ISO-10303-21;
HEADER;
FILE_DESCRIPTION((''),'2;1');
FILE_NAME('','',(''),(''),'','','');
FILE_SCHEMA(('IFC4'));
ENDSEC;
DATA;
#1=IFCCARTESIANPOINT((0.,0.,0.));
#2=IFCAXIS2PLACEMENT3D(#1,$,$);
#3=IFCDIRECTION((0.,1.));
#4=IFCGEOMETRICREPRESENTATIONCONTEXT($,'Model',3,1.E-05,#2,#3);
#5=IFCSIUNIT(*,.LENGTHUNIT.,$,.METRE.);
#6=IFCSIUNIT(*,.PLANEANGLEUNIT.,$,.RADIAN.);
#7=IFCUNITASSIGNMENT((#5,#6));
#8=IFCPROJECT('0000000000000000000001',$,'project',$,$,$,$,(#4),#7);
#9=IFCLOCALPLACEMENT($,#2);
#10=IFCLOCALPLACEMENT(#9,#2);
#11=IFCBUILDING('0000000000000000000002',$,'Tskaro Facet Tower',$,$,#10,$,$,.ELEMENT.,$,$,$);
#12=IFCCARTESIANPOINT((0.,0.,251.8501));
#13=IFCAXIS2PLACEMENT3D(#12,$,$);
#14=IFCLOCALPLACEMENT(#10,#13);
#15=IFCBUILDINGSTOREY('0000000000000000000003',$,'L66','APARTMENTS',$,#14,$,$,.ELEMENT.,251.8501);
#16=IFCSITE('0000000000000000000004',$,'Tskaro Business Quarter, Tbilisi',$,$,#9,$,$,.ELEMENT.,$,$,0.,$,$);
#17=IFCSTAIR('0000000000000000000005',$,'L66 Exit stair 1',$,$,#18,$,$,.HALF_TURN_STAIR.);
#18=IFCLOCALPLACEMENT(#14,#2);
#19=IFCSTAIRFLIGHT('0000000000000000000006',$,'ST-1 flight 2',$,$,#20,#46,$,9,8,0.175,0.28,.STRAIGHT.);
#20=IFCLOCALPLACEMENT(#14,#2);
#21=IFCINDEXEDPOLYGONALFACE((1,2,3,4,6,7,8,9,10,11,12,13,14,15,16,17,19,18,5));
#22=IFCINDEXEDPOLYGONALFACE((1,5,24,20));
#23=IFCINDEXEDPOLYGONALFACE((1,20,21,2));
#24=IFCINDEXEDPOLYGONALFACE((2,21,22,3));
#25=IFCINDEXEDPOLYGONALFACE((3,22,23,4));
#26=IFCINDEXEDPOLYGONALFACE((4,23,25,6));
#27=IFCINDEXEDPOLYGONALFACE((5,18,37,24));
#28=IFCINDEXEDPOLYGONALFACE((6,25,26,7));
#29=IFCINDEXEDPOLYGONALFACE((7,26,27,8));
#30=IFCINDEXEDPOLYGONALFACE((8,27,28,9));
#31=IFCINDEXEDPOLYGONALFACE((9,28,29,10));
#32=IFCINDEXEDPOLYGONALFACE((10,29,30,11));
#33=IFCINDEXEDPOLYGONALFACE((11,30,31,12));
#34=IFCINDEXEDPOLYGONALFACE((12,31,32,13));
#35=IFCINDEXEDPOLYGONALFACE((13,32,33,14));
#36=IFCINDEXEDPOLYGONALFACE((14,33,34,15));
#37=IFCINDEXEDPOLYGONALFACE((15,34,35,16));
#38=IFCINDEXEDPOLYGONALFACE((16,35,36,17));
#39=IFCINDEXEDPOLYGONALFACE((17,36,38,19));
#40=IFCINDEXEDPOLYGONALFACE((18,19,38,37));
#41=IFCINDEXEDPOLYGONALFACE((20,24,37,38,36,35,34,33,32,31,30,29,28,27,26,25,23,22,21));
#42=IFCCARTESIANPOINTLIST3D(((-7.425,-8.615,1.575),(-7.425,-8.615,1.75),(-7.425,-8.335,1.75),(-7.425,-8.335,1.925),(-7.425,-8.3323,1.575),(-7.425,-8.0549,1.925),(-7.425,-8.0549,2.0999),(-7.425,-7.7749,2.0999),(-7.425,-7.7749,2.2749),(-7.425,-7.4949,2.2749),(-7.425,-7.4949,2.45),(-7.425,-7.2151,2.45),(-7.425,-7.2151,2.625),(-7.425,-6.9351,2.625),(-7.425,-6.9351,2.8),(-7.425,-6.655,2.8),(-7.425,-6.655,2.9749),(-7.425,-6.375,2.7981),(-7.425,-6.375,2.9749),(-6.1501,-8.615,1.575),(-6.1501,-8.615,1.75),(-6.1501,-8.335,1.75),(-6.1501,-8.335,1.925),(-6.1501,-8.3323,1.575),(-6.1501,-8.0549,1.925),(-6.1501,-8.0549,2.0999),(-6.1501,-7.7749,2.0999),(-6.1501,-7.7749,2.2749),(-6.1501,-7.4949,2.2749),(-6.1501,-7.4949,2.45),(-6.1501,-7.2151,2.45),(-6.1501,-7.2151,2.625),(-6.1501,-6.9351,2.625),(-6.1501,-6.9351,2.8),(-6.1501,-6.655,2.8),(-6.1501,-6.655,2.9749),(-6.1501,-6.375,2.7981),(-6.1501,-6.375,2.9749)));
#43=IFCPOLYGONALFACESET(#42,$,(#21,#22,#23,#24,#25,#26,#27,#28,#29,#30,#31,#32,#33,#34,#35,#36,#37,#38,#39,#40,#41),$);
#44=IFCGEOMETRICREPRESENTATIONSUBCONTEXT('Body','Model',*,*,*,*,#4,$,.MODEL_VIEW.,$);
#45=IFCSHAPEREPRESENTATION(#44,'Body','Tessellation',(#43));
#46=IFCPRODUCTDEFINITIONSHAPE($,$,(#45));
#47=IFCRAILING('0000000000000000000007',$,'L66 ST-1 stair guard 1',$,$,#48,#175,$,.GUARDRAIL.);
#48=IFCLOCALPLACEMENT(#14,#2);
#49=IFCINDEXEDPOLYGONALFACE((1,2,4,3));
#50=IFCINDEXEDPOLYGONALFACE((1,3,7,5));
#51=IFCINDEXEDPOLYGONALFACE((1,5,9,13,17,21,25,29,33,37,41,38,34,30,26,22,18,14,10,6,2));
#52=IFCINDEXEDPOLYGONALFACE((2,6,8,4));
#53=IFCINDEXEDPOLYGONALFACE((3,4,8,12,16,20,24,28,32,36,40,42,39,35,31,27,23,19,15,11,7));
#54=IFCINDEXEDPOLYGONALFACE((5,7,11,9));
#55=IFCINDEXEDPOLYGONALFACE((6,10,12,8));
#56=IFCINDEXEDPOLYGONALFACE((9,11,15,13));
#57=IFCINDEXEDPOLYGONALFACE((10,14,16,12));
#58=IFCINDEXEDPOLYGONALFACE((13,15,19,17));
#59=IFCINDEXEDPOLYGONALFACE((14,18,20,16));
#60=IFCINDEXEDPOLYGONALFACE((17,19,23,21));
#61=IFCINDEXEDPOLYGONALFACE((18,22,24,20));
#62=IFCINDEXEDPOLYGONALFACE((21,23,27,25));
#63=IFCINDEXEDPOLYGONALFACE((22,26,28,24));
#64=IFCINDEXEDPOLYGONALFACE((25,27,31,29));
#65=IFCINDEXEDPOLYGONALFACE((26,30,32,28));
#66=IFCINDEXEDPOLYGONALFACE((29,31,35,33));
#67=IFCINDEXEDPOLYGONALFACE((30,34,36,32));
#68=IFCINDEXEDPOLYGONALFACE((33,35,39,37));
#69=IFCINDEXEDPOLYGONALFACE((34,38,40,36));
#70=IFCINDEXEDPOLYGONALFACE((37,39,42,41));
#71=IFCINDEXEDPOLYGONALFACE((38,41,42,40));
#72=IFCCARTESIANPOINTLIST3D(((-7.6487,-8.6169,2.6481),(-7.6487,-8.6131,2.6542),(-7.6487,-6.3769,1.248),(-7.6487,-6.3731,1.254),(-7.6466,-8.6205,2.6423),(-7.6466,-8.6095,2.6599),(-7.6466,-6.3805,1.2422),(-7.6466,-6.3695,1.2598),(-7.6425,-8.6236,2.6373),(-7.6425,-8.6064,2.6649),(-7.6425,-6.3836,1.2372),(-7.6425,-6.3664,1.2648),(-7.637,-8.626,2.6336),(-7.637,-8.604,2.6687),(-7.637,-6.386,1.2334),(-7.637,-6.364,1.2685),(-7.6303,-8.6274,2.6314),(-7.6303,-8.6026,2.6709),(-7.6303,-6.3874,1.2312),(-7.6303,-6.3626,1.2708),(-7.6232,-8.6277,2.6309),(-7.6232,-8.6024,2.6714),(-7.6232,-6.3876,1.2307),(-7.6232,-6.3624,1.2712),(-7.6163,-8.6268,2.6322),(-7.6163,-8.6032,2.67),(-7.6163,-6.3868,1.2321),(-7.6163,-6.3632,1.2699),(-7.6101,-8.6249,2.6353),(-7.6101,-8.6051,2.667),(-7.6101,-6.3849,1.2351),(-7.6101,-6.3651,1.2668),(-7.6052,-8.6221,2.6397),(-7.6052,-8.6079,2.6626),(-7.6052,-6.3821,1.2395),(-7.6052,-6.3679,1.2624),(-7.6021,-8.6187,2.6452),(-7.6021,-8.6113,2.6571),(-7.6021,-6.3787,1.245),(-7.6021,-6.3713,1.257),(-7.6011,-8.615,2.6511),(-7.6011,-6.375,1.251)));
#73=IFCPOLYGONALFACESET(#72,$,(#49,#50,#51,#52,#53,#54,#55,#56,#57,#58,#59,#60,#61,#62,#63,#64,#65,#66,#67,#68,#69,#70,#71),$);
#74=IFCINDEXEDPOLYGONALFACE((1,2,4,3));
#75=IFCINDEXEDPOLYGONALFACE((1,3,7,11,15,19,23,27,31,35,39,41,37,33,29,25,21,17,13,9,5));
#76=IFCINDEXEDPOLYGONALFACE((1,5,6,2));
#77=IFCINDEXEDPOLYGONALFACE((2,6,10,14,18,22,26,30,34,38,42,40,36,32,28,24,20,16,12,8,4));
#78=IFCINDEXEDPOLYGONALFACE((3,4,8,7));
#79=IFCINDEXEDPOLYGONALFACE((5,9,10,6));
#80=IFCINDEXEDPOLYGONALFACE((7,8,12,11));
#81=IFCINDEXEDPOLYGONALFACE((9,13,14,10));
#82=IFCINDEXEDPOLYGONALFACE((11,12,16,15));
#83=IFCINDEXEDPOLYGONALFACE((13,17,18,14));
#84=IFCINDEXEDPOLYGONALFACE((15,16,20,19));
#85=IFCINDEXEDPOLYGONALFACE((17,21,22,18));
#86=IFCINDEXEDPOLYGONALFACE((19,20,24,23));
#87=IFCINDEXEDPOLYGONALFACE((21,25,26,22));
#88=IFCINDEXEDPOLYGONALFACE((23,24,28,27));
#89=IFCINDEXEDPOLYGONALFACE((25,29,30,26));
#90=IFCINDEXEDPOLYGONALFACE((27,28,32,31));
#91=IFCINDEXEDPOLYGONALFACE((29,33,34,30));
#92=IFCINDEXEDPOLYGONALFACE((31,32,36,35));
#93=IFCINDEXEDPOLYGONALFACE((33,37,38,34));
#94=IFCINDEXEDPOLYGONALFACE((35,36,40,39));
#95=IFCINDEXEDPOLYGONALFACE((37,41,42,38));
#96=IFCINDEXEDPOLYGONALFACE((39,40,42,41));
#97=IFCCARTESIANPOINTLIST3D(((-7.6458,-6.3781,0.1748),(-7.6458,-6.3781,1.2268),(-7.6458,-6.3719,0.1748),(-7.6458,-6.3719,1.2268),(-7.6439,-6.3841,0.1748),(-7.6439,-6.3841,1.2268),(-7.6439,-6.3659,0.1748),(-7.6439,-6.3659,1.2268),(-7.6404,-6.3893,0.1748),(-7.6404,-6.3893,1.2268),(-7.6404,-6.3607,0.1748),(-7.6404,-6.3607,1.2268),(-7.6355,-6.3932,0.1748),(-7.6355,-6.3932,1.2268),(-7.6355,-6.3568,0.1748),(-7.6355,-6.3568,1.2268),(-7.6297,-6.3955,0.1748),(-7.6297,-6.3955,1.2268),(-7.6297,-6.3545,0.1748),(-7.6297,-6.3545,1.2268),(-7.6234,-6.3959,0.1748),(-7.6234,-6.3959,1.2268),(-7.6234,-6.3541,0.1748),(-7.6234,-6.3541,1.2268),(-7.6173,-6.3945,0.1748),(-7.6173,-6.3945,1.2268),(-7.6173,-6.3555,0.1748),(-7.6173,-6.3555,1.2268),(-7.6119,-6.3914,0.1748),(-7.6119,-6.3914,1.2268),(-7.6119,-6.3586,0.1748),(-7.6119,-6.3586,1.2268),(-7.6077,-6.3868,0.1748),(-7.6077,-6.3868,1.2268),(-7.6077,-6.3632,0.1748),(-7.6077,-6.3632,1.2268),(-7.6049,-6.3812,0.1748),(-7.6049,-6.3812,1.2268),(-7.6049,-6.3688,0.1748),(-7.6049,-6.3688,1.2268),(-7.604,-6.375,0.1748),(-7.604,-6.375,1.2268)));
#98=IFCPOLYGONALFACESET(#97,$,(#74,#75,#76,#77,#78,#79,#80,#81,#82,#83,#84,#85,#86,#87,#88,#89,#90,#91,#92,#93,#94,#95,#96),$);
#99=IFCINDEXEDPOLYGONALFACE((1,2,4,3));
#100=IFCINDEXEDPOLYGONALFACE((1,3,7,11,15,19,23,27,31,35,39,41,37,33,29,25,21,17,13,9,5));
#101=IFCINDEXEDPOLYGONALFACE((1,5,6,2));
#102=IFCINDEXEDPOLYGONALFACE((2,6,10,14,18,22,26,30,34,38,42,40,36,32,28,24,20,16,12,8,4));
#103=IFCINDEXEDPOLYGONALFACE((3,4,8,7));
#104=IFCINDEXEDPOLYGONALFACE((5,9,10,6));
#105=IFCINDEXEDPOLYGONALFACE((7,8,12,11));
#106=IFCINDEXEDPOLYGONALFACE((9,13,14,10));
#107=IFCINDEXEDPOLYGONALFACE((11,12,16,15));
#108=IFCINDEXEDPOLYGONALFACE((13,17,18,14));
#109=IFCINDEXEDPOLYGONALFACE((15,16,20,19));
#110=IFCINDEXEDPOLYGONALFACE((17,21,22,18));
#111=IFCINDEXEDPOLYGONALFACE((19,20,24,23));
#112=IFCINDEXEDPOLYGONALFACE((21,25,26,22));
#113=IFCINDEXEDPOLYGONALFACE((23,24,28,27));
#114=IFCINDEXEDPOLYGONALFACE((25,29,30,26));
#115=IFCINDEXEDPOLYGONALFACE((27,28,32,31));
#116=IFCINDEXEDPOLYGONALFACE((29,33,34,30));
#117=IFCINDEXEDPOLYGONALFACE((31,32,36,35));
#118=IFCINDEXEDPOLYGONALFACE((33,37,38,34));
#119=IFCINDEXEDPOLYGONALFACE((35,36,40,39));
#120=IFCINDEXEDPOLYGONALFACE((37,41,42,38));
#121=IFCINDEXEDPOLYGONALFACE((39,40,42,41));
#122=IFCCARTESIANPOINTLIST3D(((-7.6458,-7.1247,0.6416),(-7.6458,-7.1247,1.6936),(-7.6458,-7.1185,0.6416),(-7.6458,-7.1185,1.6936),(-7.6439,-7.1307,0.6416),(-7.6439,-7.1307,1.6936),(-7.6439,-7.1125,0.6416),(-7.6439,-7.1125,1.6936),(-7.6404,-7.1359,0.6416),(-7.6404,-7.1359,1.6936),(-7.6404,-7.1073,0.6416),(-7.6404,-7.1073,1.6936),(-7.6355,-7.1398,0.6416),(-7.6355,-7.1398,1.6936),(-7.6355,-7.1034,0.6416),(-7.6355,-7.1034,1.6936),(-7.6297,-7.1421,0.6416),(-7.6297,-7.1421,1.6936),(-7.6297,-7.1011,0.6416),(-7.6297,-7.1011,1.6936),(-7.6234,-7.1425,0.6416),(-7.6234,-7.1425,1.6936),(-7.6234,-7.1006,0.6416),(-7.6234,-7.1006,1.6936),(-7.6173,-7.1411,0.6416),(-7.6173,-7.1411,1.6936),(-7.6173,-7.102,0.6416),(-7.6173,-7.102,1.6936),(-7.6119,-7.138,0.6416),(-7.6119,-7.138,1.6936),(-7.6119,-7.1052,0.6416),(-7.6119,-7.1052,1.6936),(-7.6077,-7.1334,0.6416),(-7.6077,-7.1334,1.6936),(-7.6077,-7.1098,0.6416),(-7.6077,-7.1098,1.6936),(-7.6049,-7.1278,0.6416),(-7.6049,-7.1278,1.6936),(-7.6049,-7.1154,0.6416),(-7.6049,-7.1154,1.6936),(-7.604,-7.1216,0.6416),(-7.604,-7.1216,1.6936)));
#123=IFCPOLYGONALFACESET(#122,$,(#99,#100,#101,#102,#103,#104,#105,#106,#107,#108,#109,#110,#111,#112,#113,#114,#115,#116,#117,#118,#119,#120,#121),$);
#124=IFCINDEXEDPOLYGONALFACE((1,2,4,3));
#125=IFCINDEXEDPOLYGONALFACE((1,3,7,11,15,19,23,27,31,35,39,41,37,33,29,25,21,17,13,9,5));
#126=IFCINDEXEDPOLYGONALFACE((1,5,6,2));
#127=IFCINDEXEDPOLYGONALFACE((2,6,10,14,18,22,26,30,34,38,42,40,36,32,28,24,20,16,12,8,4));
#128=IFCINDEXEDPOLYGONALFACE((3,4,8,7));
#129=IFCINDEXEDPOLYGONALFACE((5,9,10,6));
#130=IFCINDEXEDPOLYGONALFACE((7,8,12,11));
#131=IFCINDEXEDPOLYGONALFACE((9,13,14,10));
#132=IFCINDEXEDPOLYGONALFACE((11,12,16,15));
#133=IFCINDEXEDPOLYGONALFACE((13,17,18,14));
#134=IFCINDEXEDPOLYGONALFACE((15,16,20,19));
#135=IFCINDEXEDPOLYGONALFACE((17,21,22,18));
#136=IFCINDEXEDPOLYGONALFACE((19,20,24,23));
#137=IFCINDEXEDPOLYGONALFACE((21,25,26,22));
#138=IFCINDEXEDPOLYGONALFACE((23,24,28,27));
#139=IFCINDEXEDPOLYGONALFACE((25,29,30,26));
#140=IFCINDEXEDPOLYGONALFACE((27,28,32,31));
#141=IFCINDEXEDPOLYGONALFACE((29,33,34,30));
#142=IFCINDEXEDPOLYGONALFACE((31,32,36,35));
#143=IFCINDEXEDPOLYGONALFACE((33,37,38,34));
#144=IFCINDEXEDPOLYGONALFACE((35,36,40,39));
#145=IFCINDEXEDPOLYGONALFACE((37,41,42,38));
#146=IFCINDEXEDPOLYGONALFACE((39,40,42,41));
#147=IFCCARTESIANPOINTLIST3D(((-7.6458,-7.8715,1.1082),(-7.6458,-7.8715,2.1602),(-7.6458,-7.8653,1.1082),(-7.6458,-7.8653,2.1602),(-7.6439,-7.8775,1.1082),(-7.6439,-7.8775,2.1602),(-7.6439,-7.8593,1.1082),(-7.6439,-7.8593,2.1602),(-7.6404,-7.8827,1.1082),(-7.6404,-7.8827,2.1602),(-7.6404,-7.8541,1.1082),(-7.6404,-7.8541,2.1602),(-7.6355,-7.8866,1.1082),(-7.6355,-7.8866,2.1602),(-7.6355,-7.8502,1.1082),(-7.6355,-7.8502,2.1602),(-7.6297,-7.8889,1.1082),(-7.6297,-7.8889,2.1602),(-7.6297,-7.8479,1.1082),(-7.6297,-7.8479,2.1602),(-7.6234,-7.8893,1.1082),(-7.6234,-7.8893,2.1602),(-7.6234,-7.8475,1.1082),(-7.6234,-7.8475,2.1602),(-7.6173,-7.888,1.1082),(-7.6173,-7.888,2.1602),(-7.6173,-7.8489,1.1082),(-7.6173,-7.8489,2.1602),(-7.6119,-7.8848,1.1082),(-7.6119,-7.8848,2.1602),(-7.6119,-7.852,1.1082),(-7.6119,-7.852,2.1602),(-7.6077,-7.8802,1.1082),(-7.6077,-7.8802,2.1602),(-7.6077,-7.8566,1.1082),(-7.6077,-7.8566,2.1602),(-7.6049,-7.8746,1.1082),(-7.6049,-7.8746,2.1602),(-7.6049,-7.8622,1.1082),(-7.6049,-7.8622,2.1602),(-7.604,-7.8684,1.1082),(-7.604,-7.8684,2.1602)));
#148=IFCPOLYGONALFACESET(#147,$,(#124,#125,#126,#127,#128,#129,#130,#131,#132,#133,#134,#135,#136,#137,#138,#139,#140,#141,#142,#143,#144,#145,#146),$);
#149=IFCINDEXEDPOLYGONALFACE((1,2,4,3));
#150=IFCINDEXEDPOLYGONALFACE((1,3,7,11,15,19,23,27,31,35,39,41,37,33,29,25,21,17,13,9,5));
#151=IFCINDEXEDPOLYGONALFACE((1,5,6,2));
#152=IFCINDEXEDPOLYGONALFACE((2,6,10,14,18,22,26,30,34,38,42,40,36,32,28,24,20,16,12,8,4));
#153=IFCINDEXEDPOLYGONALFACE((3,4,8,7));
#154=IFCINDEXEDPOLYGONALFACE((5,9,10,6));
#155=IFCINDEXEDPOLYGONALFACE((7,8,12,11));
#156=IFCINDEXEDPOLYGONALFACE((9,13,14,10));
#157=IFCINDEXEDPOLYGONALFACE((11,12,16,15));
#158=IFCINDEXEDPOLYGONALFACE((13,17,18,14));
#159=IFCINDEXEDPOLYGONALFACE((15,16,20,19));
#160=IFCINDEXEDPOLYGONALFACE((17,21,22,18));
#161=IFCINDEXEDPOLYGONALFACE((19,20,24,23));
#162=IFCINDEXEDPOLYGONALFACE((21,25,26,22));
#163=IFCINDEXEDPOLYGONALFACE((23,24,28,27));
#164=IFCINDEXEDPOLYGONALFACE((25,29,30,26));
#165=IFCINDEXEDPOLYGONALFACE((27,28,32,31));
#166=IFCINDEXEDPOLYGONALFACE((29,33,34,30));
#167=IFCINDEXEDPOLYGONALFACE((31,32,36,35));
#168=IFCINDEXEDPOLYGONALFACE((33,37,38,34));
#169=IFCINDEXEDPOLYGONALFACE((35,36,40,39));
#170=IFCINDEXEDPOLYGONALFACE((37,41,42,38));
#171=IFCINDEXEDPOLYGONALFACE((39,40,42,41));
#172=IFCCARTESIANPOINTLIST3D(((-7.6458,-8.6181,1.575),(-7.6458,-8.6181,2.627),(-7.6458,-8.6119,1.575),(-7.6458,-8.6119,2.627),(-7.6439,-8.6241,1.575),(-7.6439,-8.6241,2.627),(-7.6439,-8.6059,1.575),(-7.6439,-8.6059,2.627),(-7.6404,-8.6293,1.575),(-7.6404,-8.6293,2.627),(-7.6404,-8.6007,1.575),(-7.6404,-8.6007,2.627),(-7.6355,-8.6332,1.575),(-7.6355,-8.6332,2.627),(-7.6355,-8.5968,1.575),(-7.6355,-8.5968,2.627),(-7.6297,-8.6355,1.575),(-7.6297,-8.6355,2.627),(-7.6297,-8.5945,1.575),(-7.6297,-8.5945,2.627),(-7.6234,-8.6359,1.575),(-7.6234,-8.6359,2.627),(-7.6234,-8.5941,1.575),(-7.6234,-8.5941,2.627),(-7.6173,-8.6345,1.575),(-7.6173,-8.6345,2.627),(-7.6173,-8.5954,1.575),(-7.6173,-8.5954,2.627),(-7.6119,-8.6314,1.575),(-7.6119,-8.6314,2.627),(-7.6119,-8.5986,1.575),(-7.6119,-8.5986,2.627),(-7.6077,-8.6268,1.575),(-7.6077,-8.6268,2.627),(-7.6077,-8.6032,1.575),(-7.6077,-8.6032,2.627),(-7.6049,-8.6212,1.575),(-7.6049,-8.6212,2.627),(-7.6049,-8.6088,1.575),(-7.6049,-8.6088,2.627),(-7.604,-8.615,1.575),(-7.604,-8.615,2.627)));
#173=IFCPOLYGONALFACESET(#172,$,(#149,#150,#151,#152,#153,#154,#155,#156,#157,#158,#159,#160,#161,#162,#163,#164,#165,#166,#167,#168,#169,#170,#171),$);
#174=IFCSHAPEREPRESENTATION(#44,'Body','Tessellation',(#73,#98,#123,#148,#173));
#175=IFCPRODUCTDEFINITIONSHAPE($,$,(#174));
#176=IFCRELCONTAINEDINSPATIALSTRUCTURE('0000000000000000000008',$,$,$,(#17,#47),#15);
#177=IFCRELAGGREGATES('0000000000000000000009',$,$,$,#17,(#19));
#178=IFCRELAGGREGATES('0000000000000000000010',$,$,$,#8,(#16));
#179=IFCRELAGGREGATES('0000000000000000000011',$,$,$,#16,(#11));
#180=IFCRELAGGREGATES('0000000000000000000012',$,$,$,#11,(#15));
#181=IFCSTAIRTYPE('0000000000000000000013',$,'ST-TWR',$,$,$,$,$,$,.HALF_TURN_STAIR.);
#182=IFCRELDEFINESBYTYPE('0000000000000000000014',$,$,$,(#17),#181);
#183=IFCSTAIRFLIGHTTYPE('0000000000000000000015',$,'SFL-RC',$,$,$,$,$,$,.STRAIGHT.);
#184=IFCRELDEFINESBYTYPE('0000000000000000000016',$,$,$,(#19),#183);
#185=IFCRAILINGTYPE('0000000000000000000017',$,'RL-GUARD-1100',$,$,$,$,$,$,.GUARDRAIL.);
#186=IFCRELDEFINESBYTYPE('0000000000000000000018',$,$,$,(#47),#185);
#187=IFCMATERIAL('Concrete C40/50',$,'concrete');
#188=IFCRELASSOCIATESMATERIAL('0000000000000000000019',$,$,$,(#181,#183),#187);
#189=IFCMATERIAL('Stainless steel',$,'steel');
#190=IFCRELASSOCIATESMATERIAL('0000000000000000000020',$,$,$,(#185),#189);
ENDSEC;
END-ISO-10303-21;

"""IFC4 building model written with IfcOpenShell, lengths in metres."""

from ifc_helpers import new_model, si_unit, direction, frame, origin, origin_2d, place, context, subcontext, project, spatial, polyline, circle, outline, extrude, material, type_object, element, aggregate, save


model = new_model("IFC4")

# Units and contexts
model_context = context("Model", 3, precision=1e-05, world=origin(), true_north=direction((0.0, 1.0)))
body_context = subcontext(model_context, "Body", "Model", "MODEL_VIEW")
ifc_project = project(units=[si_unit("LENGTHUNIT", "METRE"), si_unit("PLANEANGLEUNIT", "RADIAN")], contexts=[model_context])

# Site, building, storey
site_placement = place(None, origin())
site = spatial("IfcSite", under=ifc_project, at=site_placement, Name="Tskaro Business Quarter, Tbilisi", CompositionType="ELEMENT", RefElevation=0.0)
building_placement = place(site_placement, origin())
building = spatial("IfcBuilding", under=site, at=building_placement, Name="Tskaro Facet Tower", CompositionType="ELEMENT")
storey_placement = place(building_placement, frame((0.0, 0.0, 251.8501)))
storey = spatial("IfcBuildingStorey", under=building, at=storey_placement, Name="L66", Description="APARTMENTS", CompositionType="ELEMENT", Elevation=251.8501)

# Shared definitions
ifc_material_1 = material(Name="Stainless steel", Category="steel")

# Shared definitions
ifc_material_2 = material(Name="Concrete C40/50", Category="concrete")

# Stair, stair flight
stair_type = type_object("IfcStairType", Name="ST-TWR", PredefinedType="HALF_TURN_STAIR", material=ifc_material_2)
stair_placement = place(storey_placement, origin())
stair = element("IfcStair", 1, at=stair_placement, inside=storey, type_object=stair_type, Name="L66 Exit stair 1", PredefinedType="HALF_TURN_STAIR")
stair_flight_type = type_object("IfcStairFlightType", Name="SFL-RC", PredefinedType="STRAIGHT", material=ifc_material_2)
stair_flight_1_placement = place(storey_placement, frame((-6.7876, -8.615, 1.575), z_axis=(0.0, 0.0, 1.0), x_axis=(0.0, 1.0, 0.0)))
stair_flight_1 = element("IfcStairFlight", 2, at=stair_flight_1_placement, type_object=stair_flight_type, Name="ST-1 flight 2", NumberOfRisers=9, NumberOfTreads=8, PredefinedType="STRAIGHT", RiserHeight=0.175, TreadLength=0.28, context=body_context, shape_type="SweptSolid", body=[
    extrude(outline(polyline([(0.0, 0.0), (0.0, 0.175), (0.28, 0.175), (0.28, 0.3501), (0.5601, 0.3501), (0.5601, 0.5249), (0.8401, 0.5249), (0.8401, 0.7), (1.1201, 0.7), (1.1201, 0.875), (1.3999, 0.875), (1.3999, 1.05), (1.6799, 1.05), (1.6799, 1.2251), (1.96, 1.2251), (1.96, 1.3999), (2.24, 1.3999), (2.24, 1.575), (2.24, 1.2231), (0.2827, 0.0), (0.0, 0.0)])), frame((0.0, 0.6375, 0.0), z_axis=(0.0, -1.0, 0.0), x_axis=(1.0, 0.0, 0.0)), (0.0, 0.0, 1.0), 1.2749),
])
aggregate(stair, [stair_flight_1])

# Railing
railing_type_1 = type_object("IfcRailingType", Name="RL-GUARD-1100", PredefinedType="GUARDRAIL", material=ifc_material_1)
railing_1_placement = place(storey_placement, frame((-7.625, -6.375, 0.1748)))
element("IfcRailing", 3, at=railing_1_placement, inside=storey, type_object=railing_type_1, Name="L66 ST-1 stair guard 1", PredefinedType="GUARDRAIL", context=body_context, shape_type="SweptSolid", body=[
    extrude(circle(Radius=0.0239, at=origin_2d()), frame((0.0, 0.0, 1.0762), z_axis=(0.0, -0.847972, 0.53004), x_axis=(1.0, 0.0, 0.0)), (0.0, 0.0, 1.0), 2.6416),
    extrude(circle(Radius=0.021, at=origin_2d()), origin(), (0.0, 0.0, 1.0), 1.052),
    extrude(circle(Radius=0.021, at=origin_2d()), frame((0.0, -0.7466, 0.4668)), (0.0, 0.0, 1.0), 1.052),
    extrude(circle(Radius=0.021, at=origin_2d()), frame((0.0, -1.4934, 0.9333)), (0.0, 0.0, 1.0), 1.052),
    extrude(circle(Radius=0.021, at=origin_2d()), frame((0.0, -2.24, 1.4001)), (0.0, 0.0, 1.0), 1.052),
])

save(model, "model.ifc")
